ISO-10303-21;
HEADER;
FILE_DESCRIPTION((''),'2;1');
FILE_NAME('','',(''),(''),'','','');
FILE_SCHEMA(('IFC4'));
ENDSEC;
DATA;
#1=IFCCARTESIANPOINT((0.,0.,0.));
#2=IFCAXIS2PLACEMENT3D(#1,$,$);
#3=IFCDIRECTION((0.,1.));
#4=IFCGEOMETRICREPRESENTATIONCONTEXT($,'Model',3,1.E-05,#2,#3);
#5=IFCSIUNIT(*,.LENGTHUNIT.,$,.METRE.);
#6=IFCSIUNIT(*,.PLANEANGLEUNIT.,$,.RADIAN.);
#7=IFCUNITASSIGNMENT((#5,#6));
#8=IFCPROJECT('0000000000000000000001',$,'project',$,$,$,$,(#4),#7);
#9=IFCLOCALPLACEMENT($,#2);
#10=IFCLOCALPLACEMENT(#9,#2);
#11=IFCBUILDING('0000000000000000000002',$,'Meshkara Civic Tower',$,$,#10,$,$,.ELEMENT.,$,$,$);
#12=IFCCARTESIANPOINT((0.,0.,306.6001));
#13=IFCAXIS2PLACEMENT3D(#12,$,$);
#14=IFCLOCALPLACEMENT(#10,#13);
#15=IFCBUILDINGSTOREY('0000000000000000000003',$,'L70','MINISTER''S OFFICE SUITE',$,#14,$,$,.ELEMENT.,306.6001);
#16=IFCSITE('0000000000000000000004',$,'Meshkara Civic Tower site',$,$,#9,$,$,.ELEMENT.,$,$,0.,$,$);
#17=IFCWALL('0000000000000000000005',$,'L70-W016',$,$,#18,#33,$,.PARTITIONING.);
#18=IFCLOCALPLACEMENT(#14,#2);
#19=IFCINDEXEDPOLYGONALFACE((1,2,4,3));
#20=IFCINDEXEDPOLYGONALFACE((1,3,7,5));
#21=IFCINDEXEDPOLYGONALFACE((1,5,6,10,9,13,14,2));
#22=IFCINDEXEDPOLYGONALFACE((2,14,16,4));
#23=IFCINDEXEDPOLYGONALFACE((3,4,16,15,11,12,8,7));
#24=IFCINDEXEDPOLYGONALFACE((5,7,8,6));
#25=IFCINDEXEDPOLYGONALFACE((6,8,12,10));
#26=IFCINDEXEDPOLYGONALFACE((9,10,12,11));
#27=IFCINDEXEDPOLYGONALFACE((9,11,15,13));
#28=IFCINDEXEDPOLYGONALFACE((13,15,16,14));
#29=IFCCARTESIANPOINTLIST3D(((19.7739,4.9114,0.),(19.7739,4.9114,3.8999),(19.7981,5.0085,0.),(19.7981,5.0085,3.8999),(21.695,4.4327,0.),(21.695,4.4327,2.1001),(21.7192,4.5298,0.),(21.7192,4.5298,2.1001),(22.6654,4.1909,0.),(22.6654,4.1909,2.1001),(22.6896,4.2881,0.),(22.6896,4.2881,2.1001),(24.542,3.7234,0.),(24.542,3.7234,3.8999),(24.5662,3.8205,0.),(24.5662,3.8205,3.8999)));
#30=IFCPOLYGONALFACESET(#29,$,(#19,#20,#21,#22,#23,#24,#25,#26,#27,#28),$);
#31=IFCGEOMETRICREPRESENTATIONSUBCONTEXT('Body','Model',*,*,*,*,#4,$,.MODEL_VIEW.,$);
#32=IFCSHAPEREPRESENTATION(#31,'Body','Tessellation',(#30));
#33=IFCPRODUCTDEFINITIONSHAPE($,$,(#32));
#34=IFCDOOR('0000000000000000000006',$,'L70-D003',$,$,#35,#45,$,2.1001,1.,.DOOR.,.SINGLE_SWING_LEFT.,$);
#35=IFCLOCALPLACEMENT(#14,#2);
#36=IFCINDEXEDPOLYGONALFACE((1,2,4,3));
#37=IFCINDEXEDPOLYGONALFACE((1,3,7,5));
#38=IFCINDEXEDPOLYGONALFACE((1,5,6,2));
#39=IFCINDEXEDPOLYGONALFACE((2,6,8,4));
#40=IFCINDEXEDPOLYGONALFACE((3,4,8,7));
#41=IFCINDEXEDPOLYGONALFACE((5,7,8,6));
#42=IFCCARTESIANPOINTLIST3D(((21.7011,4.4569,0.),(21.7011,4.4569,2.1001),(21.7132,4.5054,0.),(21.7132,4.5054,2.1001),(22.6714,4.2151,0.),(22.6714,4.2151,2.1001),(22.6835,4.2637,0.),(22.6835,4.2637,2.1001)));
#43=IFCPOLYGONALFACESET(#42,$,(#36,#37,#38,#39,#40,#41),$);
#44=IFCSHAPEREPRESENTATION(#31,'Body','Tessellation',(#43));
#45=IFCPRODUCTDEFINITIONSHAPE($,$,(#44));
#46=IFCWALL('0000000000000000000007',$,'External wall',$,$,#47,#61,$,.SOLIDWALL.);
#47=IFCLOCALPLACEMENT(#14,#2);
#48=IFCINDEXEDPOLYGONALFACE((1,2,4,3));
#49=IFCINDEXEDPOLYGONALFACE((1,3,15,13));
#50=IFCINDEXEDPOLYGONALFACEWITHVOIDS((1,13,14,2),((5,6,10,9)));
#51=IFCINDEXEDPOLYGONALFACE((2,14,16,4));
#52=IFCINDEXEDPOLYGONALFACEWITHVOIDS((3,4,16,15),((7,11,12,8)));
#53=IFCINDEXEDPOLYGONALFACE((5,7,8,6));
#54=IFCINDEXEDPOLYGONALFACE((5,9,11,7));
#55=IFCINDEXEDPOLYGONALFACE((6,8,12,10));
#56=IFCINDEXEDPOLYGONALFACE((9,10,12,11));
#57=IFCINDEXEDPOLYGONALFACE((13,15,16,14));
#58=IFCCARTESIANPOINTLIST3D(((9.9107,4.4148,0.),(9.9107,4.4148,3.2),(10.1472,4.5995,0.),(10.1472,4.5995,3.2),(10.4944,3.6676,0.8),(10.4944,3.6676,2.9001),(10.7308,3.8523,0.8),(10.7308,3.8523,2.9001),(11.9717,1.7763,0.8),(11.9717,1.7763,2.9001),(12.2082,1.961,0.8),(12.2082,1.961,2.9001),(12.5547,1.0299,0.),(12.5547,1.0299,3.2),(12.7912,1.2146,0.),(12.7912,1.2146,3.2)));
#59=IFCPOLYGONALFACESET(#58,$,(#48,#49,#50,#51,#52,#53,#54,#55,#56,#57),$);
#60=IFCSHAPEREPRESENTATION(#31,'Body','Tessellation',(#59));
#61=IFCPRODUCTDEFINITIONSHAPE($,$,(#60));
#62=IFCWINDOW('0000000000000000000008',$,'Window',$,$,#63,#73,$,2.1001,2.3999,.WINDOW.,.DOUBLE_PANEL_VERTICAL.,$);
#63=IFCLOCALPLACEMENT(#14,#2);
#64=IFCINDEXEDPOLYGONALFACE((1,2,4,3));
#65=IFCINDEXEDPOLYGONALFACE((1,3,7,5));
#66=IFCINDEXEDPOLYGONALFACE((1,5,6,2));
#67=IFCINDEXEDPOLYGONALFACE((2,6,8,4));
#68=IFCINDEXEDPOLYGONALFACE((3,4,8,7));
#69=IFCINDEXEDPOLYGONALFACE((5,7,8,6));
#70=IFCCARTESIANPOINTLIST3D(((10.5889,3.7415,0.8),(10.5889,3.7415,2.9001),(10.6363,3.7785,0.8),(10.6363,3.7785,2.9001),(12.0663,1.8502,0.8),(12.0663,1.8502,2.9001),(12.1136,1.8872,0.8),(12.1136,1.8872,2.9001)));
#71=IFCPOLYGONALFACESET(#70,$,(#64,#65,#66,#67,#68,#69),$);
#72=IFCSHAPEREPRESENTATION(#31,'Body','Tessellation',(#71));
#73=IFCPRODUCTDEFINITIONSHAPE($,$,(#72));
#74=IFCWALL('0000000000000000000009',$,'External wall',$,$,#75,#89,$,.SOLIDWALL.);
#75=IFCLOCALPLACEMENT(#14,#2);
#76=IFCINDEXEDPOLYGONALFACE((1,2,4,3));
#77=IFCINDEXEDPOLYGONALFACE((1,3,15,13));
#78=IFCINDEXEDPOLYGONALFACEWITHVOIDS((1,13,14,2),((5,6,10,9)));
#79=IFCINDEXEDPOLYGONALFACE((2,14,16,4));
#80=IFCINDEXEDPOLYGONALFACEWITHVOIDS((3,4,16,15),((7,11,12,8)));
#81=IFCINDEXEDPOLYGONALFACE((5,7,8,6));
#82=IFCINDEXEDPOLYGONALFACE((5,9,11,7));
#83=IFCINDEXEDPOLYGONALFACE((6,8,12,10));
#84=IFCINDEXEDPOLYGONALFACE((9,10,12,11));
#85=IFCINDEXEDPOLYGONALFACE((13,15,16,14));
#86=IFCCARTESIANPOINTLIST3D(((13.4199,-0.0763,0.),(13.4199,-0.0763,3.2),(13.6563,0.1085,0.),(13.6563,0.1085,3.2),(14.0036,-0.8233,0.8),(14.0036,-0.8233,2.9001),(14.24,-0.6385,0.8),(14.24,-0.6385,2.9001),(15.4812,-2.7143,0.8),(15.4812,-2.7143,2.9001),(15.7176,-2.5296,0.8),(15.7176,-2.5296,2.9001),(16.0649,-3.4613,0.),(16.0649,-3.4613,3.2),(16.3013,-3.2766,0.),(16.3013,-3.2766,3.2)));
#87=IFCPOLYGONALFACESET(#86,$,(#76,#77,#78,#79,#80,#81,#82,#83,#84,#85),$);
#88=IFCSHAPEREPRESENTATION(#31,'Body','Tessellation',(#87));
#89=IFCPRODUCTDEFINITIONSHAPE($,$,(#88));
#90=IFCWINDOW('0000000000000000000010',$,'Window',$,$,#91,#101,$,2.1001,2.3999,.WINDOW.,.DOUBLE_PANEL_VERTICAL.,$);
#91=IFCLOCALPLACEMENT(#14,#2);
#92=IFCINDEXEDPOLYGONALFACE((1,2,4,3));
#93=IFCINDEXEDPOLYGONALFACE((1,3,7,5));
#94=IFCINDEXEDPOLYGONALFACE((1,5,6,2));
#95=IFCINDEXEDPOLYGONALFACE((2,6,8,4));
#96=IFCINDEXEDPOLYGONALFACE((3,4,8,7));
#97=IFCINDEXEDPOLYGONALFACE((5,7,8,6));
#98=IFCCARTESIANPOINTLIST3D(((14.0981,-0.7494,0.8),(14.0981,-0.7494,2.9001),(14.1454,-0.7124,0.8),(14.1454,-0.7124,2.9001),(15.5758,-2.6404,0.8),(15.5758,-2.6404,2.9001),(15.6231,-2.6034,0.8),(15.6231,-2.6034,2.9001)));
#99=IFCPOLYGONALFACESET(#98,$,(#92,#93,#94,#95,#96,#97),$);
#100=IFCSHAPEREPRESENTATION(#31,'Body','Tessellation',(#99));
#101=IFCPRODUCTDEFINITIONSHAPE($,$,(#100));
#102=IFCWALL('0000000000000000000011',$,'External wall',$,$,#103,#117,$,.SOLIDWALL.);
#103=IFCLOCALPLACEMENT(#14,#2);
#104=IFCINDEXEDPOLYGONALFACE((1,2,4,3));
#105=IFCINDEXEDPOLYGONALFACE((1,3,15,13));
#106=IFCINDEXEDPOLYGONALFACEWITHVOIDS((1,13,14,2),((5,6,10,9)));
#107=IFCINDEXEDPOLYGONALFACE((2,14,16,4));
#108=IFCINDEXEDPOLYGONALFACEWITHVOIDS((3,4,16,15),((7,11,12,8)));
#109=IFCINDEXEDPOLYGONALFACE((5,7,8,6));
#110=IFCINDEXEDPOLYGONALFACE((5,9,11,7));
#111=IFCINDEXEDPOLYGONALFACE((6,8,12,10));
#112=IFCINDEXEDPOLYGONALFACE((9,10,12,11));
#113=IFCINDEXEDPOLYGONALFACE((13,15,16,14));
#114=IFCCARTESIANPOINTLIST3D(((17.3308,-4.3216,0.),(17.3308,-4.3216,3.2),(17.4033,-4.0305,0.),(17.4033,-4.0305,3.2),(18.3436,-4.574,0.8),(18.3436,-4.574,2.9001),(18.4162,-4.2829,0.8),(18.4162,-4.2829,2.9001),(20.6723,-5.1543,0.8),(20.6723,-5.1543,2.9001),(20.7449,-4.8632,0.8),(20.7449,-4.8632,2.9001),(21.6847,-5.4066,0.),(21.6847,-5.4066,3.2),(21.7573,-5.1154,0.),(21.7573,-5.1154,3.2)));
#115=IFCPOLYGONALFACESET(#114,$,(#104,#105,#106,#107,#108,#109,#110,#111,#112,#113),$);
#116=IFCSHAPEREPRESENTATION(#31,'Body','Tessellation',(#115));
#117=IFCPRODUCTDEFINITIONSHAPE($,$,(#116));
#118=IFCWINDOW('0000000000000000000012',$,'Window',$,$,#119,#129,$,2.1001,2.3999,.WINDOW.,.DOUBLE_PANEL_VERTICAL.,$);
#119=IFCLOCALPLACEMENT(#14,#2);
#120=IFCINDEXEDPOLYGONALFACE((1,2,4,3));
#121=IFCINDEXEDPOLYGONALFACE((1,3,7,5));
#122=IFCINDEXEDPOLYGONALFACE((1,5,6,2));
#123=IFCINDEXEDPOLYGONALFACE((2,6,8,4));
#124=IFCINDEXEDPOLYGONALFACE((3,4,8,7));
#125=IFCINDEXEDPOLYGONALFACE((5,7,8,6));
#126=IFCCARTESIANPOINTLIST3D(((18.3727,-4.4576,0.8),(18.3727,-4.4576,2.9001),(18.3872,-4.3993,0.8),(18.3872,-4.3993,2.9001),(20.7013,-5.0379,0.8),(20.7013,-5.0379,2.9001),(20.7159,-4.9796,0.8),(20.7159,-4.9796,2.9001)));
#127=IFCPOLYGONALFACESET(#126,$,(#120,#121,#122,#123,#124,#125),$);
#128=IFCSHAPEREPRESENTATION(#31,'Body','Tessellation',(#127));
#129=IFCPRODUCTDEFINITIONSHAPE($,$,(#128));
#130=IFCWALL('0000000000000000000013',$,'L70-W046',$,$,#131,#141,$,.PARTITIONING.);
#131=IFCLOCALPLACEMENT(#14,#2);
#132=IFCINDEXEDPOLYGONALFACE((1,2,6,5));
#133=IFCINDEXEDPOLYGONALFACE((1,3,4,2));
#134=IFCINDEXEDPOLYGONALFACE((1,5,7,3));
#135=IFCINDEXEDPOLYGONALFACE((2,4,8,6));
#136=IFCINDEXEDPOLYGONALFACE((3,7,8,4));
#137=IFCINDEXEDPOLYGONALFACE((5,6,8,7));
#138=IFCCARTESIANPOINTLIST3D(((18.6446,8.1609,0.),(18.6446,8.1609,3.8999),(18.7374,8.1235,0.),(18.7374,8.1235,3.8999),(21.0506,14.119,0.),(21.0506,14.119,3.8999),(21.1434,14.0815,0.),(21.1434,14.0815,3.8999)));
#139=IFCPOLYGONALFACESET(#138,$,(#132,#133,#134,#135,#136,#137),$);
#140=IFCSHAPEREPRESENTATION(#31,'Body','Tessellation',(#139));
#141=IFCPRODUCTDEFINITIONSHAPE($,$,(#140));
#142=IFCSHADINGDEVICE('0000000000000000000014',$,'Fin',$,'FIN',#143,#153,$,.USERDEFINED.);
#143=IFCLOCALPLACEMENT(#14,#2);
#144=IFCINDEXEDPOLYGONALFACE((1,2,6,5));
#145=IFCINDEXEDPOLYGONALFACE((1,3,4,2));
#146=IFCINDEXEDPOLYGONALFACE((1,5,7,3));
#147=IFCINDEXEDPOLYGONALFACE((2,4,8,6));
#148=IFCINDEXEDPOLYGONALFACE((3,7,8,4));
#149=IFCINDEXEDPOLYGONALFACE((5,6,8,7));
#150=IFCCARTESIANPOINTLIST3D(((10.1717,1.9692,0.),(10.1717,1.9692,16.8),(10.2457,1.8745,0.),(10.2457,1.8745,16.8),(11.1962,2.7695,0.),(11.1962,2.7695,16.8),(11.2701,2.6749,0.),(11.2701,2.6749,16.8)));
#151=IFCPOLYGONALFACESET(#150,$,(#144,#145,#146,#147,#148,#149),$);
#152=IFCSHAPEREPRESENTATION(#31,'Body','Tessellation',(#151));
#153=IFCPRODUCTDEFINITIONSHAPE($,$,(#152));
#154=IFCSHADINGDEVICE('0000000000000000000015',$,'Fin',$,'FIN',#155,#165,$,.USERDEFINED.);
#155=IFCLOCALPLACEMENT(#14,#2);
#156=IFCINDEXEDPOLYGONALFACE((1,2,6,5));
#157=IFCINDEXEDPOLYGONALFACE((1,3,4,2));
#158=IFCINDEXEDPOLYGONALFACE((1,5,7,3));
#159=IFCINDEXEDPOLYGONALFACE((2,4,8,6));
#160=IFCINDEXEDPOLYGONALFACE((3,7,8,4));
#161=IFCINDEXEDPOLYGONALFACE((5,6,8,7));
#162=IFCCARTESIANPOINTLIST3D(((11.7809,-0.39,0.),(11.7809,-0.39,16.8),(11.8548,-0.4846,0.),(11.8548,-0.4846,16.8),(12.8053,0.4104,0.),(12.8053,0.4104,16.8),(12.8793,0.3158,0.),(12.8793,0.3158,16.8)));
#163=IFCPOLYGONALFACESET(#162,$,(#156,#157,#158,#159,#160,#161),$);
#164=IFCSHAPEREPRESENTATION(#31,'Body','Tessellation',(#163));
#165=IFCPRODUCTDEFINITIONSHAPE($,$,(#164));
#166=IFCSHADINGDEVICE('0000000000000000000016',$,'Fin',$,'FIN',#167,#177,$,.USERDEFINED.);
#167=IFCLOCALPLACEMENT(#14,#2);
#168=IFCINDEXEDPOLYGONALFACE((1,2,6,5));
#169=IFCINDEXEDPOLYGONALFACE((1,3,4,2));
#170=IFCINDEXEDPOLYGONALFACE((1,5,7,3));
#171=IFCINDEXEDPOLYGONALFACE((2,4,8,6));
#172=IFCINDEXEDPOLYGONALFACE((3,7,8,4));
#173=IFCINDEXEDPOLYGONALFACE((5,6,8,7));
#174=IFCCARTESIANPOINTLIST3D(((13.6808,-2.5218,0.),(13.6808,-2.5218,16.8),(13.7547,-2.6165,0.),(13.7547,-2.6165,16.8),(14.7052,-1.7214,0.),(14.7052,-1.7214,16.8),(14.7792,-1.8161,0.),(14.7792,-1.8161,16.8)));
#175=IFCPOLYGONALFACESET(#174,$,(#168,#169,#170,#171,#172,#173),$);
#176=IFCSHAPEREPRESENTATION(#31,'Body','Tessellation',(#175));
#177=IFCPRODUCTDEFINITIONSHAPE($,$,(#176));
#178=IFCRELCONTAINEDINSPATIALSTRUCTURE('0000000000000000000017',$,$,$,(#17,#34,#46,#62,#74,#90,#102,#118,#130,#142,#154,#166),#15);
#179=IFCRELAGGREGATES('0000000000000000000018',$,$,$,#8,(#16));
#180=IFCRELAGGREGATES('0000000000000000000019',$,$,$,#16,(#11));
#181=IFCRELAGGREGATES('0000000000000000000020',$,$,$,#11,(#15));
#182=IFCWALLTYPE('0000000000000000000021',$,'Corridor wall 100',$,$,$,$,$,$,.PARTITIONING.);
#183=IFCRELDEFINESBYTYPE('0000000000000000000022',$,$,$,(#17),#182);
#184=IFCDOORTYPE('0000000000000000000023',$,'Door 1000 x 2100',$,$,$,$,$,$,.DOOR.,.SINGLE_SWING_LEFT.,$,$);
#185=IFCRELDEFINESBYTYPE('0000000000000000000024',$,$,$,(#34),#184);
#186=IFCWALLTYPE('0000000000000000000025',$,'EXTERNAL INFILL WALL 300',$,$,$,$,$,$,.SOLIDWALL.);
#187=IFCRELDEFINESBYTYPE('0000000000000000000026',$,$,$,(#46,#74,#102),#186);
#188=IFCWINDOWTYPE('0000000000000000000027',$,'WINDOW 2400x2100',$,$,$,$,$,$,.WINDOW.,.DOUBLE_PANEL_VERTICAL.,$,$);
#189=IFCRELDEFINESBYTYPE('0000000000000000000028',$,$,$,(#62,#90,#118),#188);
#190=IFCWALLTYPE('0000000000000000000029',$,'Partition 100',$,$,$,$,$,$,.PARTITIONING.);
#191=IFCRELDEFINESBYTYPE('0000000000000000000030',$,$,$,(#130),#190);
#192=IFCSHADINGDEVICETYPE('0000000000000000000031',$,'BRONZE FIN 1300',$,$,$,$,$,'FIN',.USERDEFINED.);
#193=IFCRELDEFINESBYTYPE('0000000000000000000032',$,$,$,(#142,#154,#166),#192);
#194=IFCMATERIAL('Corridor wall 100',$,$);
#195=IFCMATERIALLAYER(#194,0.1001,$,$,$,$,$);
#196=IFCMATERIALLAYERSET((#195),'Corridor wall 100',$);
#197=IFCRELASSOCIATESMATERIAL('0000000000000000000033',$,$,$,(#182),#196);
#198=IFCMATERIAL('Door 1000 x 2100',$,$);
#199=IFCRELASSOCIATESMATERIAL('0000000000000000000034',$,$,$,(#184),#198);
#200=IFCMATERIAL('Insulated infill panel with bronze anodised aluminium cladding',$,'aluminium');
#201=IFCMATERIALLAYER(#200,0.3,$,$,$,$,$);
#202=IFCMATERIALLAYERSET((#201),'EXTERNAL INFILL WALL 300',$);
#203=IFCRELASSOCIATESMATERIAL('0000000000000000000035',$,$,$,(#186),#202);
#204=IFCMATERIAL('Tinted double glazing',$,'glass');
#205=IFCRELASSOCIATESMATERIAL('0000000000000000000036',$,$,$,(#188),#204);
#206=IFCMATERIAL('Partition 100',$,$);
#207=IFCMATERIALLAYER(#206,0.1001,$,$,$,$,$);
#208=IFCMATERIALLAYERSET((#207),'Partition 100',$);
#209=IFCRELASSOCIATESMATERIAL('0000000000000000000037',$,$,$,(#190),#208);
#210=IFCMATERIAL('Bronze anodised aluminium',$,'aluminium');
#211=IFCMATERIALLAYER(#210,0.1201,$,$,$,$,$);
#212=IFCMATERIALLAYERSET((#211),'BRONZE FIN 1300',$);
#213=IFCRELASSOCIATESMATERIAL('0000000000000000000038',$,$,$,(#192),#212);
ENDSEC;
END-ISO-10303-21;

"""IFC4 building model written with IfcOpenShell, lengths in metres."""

from ifc_helpers import new_model, si_unit, direction, frame, frame_2d, origin, origin_2d, place, context, subcontext, project, spatial, rectangle, extrude, material, layer, layer_set, type_object, element, fill, save


model = new_model("IFC4")

# Units and contexts
model_context = context("Model", 3, precision=1e-05, world=origin(), true_north=direction((0.0, 1.0)))
body_context = subcontext(model_context, "Body", "Model", "MODEL_VIEW")
ifc_project = project(units=[si_unit("LENGTHUNIT", "METRE"), si_unit("PLANEANGLEUNIT", "RADIAN")], contexts=[model_context])

# Site, building, storey
site_placement = place(None, origin())
site = spatial("IfcSite", under=ifc_project, at=site_placement, Name="Meshkara Civic Tower site", CompositionType="ELEMENT", RefElevation=0.0)
building_placement = place(site_placement, origin())
building = spatial("IfcBuilding", under=site, at=building_placement, Name="Meshkara Civic Tower", CompositionType="ELEMENT")
storey_placement = place(building_placement, frame((0.0, 0.0, 306.6001)))
storey = spatial("IfcBuildingStorey", under=building, at=storey_placement, Name="L70", Description="MINISTER'S OFFICE SUITE", CompositionType="ELEMENT", Elevation=306.6001)

# Shared definitions
ifc_material_1 = material(Name="Corridor wall 100")
ifc_layer_1 = layer(ifc_material_1, 0.1001)
ifc_layer_set_1 = layer_set([ifc_layer_1], Name="Corridor wall 100")
wall_type_1 = type_object("IfcWallType", Name="Corridor wall 100", PredefinedType="PARTITIONING", material=ifc_layer_set_1)
ifc_material_2 = material(Name="Door 1000 x 2100")
door_type = type_object("IfcDoorType", Name="Door 1000 x 2100", OperationType="SINGLE_SWING_LEFT", PredefinedType="DOOR", material=ifc_material_2)

# Wall, opening, door
wall_1_placement = place(storey_placement, frame((19.7859, 4.96, 0.0), z_axis=(0.0, 0.0, 1.0), x_axis=(0.970335, -0.241764, 0.0)))
wall_1 = element("IfcWall", 1, at=wall_1_placement, inside=storey, type_object=wall_type_1, Name="L70-W016", PredefinedType="PARTITIONING", context=body_context, shape_type="SweptSolid", body=[
    extrude(rectangle(XDim=4.9138, YDim=0.1001, at=frame_2d((2.457, 0.0))), origin(), (0.0, 0.0, 1.0), 3.8999),
])
opening_1_placement = place(wall_1_placement, frame((1.98, 0.0, 0.0)))
opening_1 = element("IfcOpeningElement", 2, at=opening_1_placement, cuts=wall_1, PredefinedType="OPENING", context=body_context, shape_type="SweptSolid", body=[
    extrude(rectangle(XDim=1.0, YDim=2.1001, at=frame_2d((0.5, 1.05))), frame((0.0, 0.0601, 0.0), z_axis=(0.0, -1.0, 0.0), x_axis=(1.0, 0.0, 0.0)), (0.0, 0.0, 1.0), 0.1201),
])
door_1_placement = place(opening_1_placement, origin())
door_1 = element("IfcDoor", 3, at=door_1_placement, inside=storey, type_object=door_type, Name="L70-D003", OperationType="SINGLE_SWING_LEFT", OverallHeight=2.1001, OverallWidth=1.0, PredefinedType="DOOR", context=body_context, shape_type="SweptSolid", body=[
    extrude(rectangle(XDim=1.0, YDim=2.1001, at=frame_2d((0.5, 1.05))), frame((0.0, 0.0249, 0.0), z_axis=(0.0, -1.0, 0.0), x_axis=(1.0, 0.0, 0.0)), (0.0, 0.0, 1.0), 0.05),
])
fill(opening_1, door_1)

# Walls, openings, windows
ifc_material_3 = material(Name="Insulated infill panel with bronze anodised aluminium cladding", Category="aluminium")
ifc_layer_2 = layer(ifc_material_3, 0.3)
ifc_layer_set_2 = layer_set([ifc_layer_2], Name="EXTERNAL INFILL WALL 300")
wall_type_2 = type_object("IfcWallType", Name="EXTERNAL INFILL WALL 300", PredefinedType="SOLIDWALL", material=ifc_layer_set_2)
wall_2_placement = place(storey_placement, frame((10.0291, 4.5071, 0.0), z_axis=(0.0, 0.0, 1.0), x_axis=(0.615572, -0.78808, 0.0)))
wall_2 = element("IfcWall", 4, at=wall_2_placement, inside=storey, type_object=wall_type_2, Name="External wall", PredefinedType="SOLIDWALL", context=body_context, shape_type="SweptSolid", body=[
    extrude(rectangle(XDim=4.2952, YDim=0.3, at=frame_2d((2.1475, 0.0))), origin(), (0.0, 0.0, 1.0), 3.2),
])
opening_2_placement = place(wall_2_placement, frame((0.948, 0.0, 0.8)))
opening_2 = element("IfcOpeningElement", 5, at=opening_2_placement, cuts=wall_2, PredefinedType="OPENING", context=body_context, shape_type="SweptSolid", body=[
    extrude(rectangle(XDim=2.3999, YDim=2.1001, at=frame_2d((1.2, 1.05))), frame((0.0, 0.1599, 0.0), z_axis=(0.0, -1.0, 0.0), x_axis=(1.0, 0.0, 0.0)), (0.0, 0.0, 1.0), 0.3201),
])
ifc_material_4 = material(Name="Tinted double glazing", Category="glass")
window_type = type_object("IfcWindowType", Name="WINDOW 2400x2100", PartitioningType="DOUBLE_PANEL_VERTICAL", PredefinedType="WINDOW", material=ifc_material_4)
window_1_placement = place(opening_2_placement, origin())
window_1 = element("IfcWindow", 6, at=window_1_placement, inside=storey, type_object=window_type, Name="Window", OverallHeight=2.1001, OverallWidth=2.3999, PartitioningType="DOUBLE_PANEL_VERTICAL", PredefinedType="WINDOW", context=body_context, shape_type="SweptSolid", body=[
    extrude(rectangle(XDim=2.3999, YDim=2.1001, at=frame_2d((1.2, 1.05))), frame((0.0, 0.03, 0.0), z_axis=(0.0, -1.0, 0.0), x_axis=(1.0, 0.0, 0.0)), (0.0, 0.0, 1.0), 0.0601),
])
fill(opening_2, window_1)
wall_3_placement = place(storey_placement, frame((13.5381, 0.0161, 0.0), z_axis=(0.0, 0.0, 1.0), x_axis=(0.615714, -0.78797, 0.0)))
wall_3 = element("IfcWall", 7, at=wall_3_placement, inside=storey, type_object=wall_type_2, Name="External wall", PredefinedType="SOLIDWALL", context=body_context, shape_type="SweptSolid", body=[
    extrude(rectangle(XDim=4.2959, YDim=0.3, at=frame_2d((2.1479, 0.0))), origin(), (0.0, 0.0, 1.0), 3.2),
])
opening_3_placement = place(wall_3_placement, frame((0.948, 0.0, 0.8)))
opening_3 = element("IfcOpeningElement", 8, at=opening_3_placement, cuts=wall_3, PredefinedType="OPENING", context=body_context, shape_type="SweptSolid", body=[
    extrude(rectangle(XDim=2.3999, YDim=2.1001, at=frame_2d((1.2, 1.05))), frame((0.0, 0.1599, 0.0), z_axis=(0.0, -1.0, 0.0), x_axis=(1.0, 0.0, 0.0)), (0.0, 0.0, 1.0), 0.3201),
])
window_2_placement = place(opening_3_placement, origin())
window_2 = element("IfcWindow", 9, at=window_2_placement, inside=storey, type_object=window_type, Name="Window", OverallHeight=2.1001, OverallWidth=2.3999, PartitioningType="DOUBLE_PANEL_VERTICAL", PredefinedType="WINDOW", context=body_context, shape_type="SweptSolid", body=[
    extrude(rectangle(XDim=2.3999, YDim=2.1001, at=frame_2d((1.2, 1.05))), frame((0.0, 0.03, 0.0), z_axis=(0.0, -1.0, 0.0), x_axis=(1.0, 0.0, 0.0)), (0.0, 0.0, 1.0), 0.0601),
])
fill(opening_3, window_2)
wall_4_placement = place(storey_placement, frame((17.3669, -4.176, 0.0), z_axis=(0.0, 0.0, 1.0), x_axis=(0.970328, -0.241793, 0.0)))
wall_4 = element("IfcWall", 10, at=wall_4_placement, inside=storey, type_object=wall_type_2, Name="External wall", PredefinedType="SOLIDWALL", context=body_context, shape_type="SweptSolid", body=[
    extrude(rectangle(XDim=4.4871, YDim=0.3, at=frame_2d((2.2437, 0.0))), origin(), (0.0, 0.0, 1.0), 3.2),
])
opening_4_placement = place(wall_4_placement, frame((1.0439, 0.0, 0.8)))
opening_4 = element("IfcOpeningElement", 11, at=opening_4_placement, cuts=wall_4, PredefinedType="OPENING", context=body_context, shape_type="SweptSolid", body=[
    extrude(rectangle(XDim=2.3999, YDim=2.1001, at=frame_2d((1.2, 1.05))), frame((0.0, 0.1599, 0.0), z_axis=(0.0, -1.0, 0.0), x_axis=(1.0, 0.0, 0.0)), (0.0, 0.0, 1.0), 0.3201),
])
window_3_placement = place(opening_4_placement, origin())
window_3 = element("IfcWindow", 12, at=window_3_placement, inside=storey, type_object=window_type, Name="Window", OverallHeight=2.1001, OverallWidth=2.3999, PartitioningType="DOUBLE_PANEL_VERTICAL", PredefinedType="WINDOW", context=body_context, shape_type="SweptSolid", body=[
    extrude(rectangle(XDim=2.3999, YDim=2.1001, at=frame_2d((1.2, 1.05))), frame((0.0, 0.03, 0.0), z_axis=(0.0, -1.0, 0.0), x_axis=(1.0, 0.0, 0.0)), (0.0, 0.0, 1.0), 0.0601),
])
fill(opening_4, window_3)

# Wall
ifc_material_5 = material(Name="Partition 100")
ifc_layer_3 = layer(ifc_material_5, 0.1001)
ifc_layer_set_3 = layer_set([ifc_layer_3], Name="Partition 100")
wall_type_3 = type_object("IfcWallType", Name="Partition 100", PredefinedType="PARTITIONING", material=ifc_layer_set_3)
wall_5_placement = place(storey_placement, frame((18.6909, 8.1421, 0.0), z_axis=(0.0, 0.0, 1.0), x_axis=(0.374448, 0.927248, 0.0)))
element("IfcWall", 13, at=wall_5_placement, inside=storey, type_object=wall_type_3, Name="L70-W046", PredefinedType="PARTITIONING", context=body_context, shape_type="SweptSolid", body=[
    extrude(rectangle(XDim=6.4255, YDim=0.1001, at=frame_2d((3.2129, 0.0))), origin(), (0.0, 0.0, 1.0), 3.8999),
])

# Shading devices
ifc_material_6 = material(Name="Bronze anodised aluminium", Category="aluminium")
ifc_layer_4 = layer(ifc_material_6, 0.1201)
ifc_layer_set_4 = layer_set([ifc_layer_4], Name="BRONZE FIN 1300")
shading_device_type = type_object("IfcShadingDeviceType", Name="BRONZE FIN 1300", ElementType="FIN", PredefinedType="USERDEFINED", material=ifc_layer_set_4)
for number, where, z_axis, x_axis, name in (
    (14, (10.7209, 2.322, 0.0), (0.0, 0.0, 1.0), (0.615661, -0.788011, 0.0), "Fin"),
    (15, (12.3301, -0.0371, 0.0), (0.0, 0.0, 1.0), (0.615661, -0.788011, 0.0), "Fin"),
    (16, (14.23, -2.1689, 0.0), (0.0, 0.0, 1.0), (0.615661, -0.788011, 0.0), "Fin"),
):
    element("IfcShadingDevice", number, at=place(storey_placement, frame(where, z_axis=z_axis, x_axis=x_axis)), inside=storey, type_object=shading_device_type, Name=name, ObjectType="FIN", PredefinedType="USERDEFINED", context=body_context, shape_type="SweptSolid", body=[
        extrude(rectangle(XDim=0.1201, YDim=1.3, at=origin_2d()), origin(), (0.0, 0.0, 1.0), 16.8),
    ])

save(model, "model.ifc")
